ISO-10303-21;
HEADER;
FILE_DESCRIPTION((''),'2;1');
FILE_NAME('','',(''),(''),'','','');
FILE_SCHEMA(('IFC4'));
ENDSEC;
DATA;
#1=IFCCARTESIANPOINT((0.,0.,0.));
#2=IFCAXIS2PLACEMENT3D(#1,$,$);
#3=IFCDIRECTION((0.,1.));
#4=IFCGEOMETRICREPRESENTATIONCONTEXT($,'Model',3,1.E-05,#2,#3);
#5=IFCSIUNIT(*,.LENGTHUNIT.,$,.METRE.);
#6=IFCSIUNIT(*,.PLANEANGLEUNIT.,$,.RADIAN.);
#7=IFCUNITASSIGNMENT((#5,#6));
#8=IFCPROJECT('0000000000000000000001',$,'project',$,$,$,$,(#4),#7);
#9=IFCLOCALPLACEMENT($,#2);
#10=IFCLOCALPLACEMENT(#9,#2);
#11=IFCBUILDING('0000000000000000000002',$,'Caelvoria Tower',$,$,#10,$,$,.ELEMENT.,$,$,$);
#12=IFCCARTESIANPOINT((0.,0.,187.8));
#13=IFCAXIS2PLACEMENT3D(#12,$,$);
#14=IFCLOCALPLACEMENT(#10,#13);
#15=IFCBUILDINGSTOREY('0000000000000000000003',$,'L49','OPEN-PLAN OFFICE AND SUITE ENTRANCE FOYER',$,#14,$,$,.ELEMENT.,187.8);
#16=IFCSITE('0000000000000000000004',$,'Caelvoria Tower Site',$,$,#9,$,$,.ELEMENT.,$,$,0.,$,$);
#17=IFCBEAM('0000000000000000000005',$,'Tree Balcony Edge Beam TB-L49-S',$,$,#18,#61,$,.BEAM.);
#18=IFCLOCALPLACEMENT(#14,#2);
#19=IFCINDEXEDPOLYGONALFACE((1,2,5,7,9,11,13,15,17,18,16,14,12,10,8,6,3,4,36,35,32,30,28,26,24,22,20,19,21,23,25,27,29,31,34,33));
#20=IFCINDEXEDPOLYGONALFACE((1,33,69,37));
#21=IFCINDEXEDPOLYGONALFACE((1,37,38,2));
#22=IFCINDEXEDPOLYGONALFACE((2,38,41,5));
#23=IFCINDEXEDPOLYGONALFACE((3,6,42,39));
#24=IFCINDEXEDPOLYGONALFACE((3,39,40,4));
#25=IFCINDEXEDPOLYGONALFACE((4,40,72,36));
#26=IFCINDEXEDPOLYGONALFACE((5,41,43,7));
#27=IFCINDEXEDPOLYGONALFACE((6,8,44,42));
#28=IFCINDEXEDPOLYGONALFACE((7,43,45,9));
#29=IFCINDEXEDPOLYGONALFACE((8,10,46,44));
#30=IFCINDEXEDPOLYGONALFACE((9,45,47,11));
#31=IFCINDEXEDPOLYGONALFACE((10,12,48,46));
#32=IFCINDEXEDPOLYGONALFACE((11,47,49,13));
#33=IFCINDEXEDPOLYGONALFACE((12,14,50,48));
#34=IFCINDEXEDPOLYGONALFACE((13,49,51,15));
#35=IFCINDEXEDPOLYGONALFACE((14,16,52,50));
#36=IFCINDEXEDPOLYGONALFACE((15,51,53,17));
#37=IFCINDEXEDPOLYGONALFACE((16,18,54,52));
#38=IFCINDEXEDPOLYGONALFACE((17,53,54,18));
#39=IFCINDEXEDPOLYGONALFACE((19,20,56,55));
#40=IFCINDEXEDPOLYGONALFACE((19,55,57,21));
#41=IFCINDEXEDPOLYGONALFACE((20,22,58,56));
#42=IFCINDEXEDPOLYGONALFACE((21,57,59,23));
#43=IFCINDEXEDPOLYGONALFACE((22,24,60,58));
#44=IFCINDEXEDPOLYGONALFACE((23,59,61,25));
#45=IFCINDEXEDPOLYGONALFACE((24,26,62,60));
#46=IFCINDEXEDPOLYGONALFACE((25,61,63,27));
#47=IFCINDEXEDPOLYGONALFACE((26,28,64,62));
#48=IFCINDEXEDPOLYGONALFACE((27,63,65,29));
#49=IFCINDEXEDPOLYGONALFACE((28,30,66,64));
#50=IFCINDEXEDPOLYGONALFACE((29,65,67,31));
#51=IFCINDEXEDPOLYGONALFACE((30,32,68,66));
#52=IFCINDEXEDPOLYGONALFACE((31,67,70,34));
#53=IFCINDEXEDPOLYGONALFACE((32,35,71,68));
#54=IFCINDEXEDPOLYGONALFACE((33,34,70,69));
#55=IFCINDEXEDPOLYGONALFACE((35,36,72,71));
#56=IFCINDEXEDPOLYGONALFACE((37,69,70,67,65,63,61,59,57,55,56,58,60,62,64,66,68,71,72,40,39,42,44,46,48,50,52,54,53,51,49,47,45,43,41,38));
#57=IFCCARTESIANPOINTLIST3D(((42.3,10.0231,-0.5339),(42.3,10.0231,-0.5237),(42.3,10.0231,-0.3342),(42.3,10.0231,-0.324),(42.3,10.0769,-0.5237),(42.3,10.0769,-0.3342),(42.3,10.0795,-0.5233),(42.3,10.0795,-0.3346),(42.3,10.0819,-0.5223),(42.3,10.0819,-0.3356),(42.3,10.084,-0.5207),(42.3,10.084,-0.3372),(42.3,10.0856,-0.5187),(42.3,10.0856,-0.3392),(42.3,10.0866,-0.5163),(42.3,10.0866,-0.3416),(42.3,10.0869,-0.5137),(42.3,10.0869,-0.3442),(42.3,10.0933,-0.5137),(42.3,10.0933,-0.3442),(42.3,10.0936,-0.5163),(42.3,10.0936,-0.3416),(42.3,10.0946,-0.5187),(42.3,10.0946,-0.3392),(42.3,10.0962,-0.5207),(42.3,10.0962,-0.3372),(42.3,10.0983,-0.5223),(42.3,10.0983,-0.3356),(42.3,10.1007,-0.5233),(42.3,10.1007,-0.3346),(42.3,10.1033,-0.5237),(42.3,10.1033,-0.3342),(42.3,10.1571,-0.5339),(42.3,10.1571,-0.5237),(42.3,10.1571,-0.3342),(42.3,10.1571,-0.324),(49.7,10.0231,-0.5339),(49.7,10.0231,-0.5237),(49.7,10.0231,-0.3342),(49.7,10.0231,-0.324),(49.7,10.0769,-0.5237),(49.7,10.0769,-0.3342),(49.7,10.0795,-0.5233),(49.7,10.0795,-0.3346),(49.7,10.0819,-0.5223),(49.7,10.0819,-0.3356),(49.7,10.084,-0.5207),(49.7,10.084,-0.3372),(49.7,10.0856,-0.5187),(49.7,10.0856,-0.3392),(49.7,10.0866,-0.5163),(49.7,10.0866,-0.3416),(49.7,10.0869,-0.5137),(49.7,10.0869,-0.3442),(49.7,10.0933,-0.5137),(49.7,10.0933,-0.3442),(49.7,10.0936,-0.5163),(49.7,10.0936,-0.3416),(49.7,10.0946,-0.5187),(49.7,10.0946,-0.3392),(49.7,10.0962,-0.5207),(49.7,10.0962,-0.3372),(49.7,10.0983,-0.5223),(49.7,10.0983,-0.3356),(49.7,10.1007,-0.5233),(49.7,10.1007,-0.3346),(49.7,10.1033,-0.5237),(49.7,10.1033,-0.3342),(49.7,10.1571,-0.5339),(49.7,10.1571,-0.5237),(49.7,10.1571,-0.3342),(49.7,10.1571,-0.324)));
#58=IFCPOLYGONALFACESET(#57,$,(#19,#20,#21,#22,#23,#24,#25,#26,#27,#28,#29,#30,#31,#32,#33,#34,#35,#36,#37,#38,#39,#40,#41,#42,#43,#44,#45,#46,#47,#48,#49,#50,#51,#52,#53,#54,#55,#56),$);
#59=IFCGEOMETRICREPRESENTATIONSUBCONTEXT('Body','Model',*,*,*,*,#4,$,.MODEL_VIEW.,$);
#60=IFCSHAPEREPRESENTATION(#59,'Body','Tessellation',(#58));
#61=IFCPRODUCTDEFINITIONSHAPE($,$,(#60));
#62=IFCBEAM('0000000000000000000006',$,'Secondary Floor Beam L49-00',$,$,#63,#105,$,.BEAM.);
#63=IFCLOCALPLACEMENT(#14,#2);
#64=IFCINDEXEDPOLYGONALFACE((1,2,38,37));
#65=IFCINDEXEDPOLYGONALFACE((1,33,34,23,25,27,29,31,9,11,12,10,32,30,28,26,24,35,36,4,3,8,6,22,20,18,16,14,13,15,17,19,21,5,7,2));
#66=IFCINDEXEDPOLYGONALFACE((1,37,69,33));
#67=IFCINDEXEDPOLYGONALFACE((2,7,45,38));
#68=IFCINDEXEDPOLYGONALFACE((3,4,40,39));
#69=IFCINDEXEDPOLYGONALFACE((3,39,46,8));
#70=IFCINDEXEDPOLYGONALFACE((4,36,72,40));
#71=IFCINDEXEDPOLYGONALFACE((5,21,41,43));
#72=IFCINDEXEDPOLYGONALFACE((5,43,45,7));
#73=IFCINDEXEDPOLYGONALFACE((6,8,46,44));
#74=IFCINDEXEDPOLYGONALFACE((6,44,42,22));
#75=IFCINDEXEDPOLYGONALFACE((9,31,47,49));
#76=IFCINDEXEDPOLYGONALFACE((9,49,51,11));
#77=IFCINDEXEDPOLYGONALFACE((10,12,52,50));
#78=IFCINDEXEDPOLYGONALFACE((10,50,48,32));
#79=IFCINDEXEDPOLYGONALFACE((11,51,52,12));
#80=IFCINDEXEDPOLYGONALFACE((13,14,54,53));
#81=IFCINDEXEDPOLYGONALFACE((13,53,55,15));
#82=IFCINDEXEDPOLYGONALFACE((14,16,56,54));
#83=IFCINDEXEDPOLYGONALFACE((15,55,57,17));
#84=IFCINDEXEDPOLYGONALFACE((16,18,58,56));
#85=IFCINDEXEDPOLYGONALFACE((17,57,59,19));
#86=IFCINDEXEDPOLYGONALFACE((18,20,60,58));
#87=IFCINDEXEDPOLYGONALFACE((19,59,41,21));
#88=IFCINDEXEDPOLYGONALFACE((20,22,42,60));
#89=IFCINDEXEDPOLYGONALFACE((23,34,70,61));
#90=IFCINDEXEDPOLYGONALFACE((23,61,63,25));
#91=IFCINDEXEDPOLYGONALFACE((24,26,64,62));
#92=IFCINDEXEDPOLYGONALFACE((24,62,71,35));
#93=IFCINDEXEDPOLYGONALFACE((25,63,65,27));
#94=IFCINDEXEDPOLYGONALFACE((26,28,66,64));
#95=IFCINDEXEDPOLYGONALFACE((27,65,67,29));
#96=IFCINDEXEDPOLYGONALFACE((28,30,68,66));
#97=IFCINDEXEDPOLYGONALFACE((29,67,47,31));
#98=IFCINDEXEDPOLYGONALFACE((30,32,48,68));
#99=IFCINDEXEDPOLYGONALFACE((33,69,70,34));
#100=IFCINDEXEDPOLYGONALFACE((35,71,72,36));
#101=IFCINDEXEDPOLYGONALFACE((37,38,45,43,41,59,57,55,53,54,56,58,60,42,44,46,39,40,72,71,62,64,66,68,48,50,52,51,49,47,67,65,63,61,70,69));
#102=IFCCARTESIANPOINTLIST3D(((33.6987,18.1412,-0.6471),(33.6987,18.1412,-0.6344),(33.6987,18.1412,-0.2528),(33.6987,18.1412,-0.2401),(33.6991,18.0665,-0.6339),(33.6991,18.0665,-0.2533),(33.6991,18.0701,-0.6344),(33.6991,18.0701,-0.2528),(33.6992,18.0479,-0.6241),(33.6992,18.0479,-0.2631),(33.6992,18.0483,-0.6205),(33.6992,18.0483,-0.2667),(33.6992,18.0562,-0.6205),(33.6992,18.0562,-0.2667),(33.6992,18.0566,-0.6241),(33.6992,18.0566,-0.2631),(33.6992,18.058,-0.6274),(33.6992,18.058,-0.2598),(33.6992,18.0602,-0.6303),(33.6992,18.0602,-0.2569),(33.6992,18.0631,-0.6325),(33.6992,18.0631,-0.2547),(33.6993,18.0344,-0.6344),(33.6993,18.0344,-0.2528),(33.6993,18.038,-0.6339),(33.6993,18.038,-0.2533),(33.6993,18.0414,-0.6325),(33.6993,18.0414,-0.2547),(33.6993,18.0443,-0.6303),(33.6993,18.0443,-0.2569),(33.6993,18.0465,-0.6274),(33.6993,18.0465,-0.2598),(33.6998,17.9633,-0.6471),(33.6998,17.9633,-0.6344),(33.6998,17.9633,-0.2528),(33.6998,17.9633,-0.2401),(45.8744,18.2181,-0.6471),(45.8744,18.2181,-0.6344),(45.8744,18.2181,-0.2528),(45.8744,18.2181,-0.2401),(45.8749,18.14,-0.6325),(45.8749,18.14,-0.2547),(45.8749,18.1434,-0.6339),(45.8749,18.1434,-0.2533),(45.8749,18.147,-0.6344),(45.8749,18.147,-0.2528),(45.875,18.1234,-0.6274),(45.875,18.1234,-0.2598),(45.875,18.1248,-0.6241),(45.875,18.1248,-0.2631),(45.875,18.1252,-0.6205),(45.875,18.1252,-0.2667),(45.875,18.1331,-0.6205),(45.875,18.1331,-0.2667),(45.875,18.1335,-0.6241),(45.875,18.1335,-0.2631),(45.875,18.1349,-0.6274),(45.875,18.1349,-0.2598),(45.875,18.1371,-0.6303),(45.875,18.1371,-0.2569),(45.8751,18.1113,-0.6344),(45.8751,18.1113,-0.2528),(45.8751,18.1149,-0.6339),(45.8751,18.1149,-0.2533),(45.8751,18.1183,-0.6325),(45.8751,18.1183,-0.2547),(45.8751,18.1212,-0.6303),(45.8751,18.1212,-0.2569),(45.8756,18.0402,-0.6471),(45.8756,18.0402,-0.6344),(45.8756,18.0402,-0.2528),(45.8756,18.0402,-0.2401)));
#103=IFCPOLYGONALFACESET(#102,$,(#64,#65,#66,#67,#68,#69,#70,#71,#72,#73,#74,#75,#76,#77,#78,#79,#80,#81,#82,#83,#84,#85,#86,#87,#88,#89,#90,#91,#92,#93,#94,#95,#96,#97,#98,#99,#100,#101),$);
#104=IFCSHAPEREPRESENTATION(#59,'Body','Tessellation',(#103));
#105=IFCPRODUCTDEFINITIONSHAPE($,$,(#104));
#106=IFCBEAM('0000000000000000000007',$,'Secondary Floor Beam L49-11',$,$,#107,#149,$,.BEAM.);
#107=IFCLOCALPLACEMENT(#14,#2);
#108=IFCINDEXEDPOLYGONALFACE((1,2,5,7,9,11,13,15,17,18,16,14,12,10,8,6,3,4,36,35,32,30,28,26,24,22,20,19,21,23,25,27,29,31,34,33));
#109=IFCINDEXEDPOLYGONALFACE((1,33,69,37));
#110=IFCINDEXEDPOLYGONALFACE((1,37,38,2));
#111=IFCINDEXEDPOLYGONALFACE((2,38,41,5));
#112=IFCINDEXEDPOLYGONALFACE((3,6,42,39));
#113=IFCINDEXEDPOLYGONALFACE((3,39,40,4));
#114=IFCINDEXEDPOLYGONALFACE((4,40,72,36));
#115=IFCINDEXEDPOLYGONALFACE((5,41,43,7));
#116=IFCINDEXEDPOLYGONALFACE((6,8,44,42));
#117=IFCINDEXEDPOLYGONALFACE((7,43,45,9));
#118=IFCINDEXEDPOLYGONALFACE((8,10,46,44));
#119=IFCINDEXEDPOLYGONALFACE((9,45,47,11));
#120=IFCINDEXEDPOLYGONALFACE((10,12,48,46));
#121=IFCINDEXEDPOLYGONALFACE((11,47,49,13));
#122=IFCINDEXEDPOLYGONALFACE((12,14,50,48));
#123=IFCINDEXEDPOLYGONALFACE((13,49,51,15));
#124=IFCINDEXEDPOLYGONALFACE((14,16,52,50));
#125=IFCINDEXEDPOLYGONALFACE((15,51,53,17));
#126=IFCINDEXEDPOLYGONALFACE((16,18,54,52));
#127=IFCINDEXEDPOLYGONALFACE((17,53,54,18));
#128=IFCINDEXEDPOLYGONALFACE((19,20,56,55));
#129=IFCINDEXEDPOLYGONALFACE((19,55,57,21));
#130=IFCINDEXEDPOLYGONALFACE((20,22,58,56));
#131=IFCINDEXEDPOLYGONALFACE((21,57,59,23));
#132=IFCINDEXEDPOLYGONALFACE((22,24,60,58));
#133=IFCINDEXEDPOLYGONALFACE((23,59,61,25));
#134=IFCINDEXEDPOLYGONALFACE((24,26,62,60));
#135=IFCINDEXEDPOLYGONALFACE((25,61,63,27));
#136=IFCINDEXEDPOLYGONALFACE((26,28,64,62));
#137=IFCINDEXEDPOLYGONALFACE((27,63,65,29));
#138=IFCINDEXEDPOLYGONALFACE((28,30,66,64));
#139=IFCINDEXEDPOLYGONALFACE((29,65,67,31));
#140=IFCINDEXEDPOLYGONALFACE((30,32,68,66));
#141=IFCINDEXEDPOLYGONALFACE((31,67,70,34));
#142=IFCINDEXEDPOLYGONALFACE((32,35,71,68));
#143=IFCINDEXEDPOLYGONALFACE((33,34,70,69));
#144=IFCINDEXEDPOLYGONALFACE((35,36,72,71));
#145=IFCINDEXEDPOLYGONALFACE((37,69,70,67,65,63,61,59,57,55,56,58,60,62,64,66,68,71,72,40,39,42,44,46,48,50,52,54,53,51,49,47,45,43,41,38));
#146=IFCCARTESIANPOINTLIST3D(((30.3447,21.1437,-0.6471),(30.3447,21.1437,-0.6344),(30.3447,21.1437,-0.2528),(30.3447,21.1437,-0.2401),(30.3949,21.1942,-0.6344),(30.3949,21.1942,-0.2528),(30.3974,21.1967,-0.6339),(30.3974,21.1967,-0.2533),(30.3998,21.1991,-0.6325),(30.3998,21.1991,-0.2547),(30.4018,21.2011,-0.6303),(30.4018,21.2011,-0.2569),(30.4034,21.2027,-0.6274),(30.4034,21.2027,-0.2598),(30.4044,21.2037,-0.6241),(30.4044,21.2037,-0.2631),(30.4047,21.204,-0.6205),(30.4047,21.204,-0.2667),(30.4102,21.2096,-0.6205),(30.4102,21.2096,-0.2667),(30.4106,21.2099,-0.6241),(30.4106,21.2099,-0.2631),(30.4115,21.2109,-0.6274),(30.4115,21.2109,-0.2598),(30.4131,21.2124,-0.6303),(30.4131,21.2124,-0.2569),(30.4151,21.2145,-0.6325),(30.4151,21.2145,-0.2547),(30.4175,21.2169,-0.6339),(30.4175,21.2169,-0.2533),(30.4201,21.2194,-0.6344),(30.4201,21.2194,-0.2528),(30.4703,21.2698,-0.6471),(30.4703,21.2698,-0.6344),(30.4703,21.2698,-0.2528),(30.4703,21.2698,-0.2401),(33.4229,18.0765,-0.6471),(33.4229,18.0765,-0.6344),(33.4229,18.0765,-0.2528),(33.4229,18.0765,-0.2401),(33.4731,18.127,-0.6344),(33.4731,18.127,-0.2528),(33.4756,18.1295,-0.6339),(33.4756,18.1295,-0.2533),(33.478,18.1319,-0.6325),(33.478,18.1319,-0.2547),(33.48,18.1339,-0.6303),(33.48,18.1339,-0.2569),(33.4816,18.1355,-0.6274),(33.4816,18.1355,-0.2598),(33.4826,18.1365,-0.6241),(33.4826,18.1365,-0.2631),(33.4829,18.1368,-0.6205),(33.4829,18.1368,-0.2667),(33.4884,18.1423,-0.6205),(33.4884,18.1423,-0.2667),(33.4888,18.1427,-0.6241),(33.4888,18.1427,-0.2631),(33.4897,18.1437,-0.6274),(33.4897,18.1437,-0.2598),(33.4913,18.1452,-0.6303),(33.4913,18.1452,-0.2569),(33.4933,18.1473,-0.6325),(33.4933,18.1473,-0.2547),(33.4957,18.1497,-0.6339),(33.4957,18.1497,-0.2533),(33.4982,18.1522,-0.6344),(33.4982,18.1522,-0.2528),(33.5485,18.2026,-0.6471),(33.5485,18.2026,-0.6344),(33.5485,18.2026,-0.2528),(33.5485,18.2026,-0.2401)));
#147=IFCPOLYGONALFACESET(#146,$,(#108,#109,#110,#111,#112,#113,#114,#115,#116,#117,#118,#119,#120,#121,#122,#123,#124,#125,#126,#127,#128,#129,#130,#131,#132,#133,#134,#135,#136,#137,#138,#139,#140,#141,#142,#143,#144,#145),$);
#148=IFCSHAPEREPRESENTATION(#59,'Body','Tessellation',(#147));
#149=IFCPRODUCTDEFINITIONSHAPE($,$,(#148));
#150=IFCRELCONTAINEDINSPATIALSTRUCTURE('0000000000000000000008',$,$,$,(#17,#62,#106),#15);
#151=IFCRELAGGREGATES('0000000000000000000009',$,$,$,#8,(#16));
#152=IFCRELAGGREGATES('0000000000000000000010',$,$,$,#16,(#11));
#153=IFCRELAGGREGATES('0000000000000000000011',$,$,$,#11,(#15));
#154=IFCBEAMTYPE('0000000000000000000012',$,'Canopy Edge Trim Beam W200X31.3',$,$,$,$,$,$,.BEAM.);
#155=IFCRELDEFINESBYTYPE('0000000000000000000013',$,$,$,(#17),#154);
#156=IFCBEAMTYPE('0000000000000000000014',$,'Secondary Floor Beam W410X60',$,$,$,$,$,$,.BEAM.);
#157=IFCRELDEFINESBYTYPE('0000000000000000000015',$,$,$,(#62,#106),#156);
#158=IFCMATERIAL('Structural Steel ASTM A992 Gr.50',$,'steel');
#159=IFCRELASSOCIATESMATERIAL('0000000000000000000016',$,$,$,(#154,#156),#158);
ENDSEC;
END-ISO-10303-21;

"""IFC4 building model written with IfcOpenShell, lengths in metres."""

from ifc_helpers import new_model, si_unit, direction, frame, origin, origin_2d, place, context, subcontext, project, spatial, i_section, extrude, material, material_profile, profile_set, type_object, element, save


model = new_model("IFC4")

# Units and contexts
model_context = context("Model", 3, precision=1e-05, world=origin(), true_north=direction((0.0, 1.0)))
body_context = subcontext(model_context, "Body", "Model", "MODEL_VIEW")
ifc_project = project(units=[si_unit("LENGTHUNIT", "METRE"), si_unit("PLANEANGLEUNIT", "RADIAN")], contexts=[model_context])

# Site, building, storey
site_placement = place(None, origin())
site = spatial("IfcSite", under=ifc_project, at=site_placement, Name="Caelvoria Tower Site", CompositionType="ELEMENT", RefElevation=0.0)
building_placement = place(site_placement, origin())
building = spatial("IfcBuilding", under=site, at=building_placement, Name="Caelvoria Tower", CompositionType="ELEMENT")
storey_placement = place(building_placement, frame((0.0, 0.0, 187.8)))
storey = spatial("IfcBuildingStorey", under=building, at=storey_placement, Name="L49", Description="OPEN-PLAN OFFICE AND SUITE ENTRANCE FOYER", CompositionType="ELEMENT", Elevation=187.8)

# Beams
ifc_material_1 = material(Name="Structural Steel ASTM A992 Gr.50", Category="steel")
ifc_material_profile_1 = material_profile(ifc_material_1, i_section(OverallWidth=0.134, OverallDepth=0.21, WebThickness=0.0063, FlangeThickness=0.0103, FilletRadius=0.01, at=origin_2d()), Name="Structural Steel ASTM A992 Gr.50")
ifc_profile_set_1 = profile_set([ifc_material_profile_1], Name="W200X31.3 - Structural Steel ASTM A992 Gr.50")
beam_type_1 = type_object("IfcBeamType", Name="Canopy Edge Trim Beam W200X31.3", PredefinedType="BEAM", material=ifc_profile_set_1)
beam_1_placement = place(storey_placement, frame((42.3, 10.0901, -0.429), z_axis=(1.0, 0.0, 0.0), x_axis=(0.0, 1.0, 0.0)))
element("IfcBeam", 1, at=beam_1_placement, inside=storey, type_object=beam_type_1, Name="Tree Balcony Edge Beam TB-L49-S", PredefinedType="BEAM", context=body_context, shape_type="SweptSolid", body=[
    extrude(i_section(OverallWidth=0.134, OverallDepth=0.21, WebThickness=0.0063, FlangeThickness=0.0103, FilletRadius=0.01, at=origin_2d()), origin(), (0.0, 0.0, 1.0), 7.3999),
])
ifc_material_profile_2 = material_profile(ifc_material_1, i_section(OverallWidth=0.178, OverallDepth=0.407, WebThickness=0.0078, FlangeThickness=0.0127, FilletRadius=0.0139, at=origin_2d()), Name="Structural Steel ASTM A992 Gr.50")
ifc_profile_set_2 = profile_set([ifc_material_profile_2], Name="W410X60 - Structural Steel ASTM A992 Gr.50")
beam_type_2 = type_object("IfcBeamType", Name="Secondary Floor Beam W410X60", PredefinedType="BEAM", material=ifc_profile_set_2)
beam_2_placement = place(storey_placement, frame((33.6992, 18.0522, -0.4436), z_axis=(0.99998, 0.006316, 0.0), x_axis=(-0.006316, 0.99998, 0.0)))
element("IfcBeam", 2, at=beam_2_placement, inside=storey, type_object=beam_type_2, Name="Secondary Floor Beam L49-00", PredefinedType="BEAM", context=body_context, shape_type="SweptSolid", body=[
    extrude(i_section(OverallWidth=0.178, OverallDepth=0.407, WebThickness=0.0078, FlangeThickness=0.0127, FilletRadius=0.0139, at=origin_2d()), origin(), (0.0, 0.0, 1.0), 12.176),
])
beam_3_placement = place(storey_placement, frame((30.4075, 21.2068, -0.4436), z_axis=(0.70837, -0.705842, 0.0), x_axis=(0.705842, 0.70837, 0.0)))
element("IfcBeam", 3, at=beam_3_placement, inside=storey, type_object=beam_type_2, Name="Secondary Floor Beam L49-11", PredefinedType="BEAM", context=body_context, shape_type="SweptSolid", body=[
    extrude(i_section(OverallWidth=0.178, OverallDepth=0.407, WebThickness=0.0078, FlangeThickness=0.0127, FilletRadius=0.0139, at=origin_2d()), origin(), (0.0, 0.0, 1.0), 4.3455),
])

save(model, "model.ifc")
